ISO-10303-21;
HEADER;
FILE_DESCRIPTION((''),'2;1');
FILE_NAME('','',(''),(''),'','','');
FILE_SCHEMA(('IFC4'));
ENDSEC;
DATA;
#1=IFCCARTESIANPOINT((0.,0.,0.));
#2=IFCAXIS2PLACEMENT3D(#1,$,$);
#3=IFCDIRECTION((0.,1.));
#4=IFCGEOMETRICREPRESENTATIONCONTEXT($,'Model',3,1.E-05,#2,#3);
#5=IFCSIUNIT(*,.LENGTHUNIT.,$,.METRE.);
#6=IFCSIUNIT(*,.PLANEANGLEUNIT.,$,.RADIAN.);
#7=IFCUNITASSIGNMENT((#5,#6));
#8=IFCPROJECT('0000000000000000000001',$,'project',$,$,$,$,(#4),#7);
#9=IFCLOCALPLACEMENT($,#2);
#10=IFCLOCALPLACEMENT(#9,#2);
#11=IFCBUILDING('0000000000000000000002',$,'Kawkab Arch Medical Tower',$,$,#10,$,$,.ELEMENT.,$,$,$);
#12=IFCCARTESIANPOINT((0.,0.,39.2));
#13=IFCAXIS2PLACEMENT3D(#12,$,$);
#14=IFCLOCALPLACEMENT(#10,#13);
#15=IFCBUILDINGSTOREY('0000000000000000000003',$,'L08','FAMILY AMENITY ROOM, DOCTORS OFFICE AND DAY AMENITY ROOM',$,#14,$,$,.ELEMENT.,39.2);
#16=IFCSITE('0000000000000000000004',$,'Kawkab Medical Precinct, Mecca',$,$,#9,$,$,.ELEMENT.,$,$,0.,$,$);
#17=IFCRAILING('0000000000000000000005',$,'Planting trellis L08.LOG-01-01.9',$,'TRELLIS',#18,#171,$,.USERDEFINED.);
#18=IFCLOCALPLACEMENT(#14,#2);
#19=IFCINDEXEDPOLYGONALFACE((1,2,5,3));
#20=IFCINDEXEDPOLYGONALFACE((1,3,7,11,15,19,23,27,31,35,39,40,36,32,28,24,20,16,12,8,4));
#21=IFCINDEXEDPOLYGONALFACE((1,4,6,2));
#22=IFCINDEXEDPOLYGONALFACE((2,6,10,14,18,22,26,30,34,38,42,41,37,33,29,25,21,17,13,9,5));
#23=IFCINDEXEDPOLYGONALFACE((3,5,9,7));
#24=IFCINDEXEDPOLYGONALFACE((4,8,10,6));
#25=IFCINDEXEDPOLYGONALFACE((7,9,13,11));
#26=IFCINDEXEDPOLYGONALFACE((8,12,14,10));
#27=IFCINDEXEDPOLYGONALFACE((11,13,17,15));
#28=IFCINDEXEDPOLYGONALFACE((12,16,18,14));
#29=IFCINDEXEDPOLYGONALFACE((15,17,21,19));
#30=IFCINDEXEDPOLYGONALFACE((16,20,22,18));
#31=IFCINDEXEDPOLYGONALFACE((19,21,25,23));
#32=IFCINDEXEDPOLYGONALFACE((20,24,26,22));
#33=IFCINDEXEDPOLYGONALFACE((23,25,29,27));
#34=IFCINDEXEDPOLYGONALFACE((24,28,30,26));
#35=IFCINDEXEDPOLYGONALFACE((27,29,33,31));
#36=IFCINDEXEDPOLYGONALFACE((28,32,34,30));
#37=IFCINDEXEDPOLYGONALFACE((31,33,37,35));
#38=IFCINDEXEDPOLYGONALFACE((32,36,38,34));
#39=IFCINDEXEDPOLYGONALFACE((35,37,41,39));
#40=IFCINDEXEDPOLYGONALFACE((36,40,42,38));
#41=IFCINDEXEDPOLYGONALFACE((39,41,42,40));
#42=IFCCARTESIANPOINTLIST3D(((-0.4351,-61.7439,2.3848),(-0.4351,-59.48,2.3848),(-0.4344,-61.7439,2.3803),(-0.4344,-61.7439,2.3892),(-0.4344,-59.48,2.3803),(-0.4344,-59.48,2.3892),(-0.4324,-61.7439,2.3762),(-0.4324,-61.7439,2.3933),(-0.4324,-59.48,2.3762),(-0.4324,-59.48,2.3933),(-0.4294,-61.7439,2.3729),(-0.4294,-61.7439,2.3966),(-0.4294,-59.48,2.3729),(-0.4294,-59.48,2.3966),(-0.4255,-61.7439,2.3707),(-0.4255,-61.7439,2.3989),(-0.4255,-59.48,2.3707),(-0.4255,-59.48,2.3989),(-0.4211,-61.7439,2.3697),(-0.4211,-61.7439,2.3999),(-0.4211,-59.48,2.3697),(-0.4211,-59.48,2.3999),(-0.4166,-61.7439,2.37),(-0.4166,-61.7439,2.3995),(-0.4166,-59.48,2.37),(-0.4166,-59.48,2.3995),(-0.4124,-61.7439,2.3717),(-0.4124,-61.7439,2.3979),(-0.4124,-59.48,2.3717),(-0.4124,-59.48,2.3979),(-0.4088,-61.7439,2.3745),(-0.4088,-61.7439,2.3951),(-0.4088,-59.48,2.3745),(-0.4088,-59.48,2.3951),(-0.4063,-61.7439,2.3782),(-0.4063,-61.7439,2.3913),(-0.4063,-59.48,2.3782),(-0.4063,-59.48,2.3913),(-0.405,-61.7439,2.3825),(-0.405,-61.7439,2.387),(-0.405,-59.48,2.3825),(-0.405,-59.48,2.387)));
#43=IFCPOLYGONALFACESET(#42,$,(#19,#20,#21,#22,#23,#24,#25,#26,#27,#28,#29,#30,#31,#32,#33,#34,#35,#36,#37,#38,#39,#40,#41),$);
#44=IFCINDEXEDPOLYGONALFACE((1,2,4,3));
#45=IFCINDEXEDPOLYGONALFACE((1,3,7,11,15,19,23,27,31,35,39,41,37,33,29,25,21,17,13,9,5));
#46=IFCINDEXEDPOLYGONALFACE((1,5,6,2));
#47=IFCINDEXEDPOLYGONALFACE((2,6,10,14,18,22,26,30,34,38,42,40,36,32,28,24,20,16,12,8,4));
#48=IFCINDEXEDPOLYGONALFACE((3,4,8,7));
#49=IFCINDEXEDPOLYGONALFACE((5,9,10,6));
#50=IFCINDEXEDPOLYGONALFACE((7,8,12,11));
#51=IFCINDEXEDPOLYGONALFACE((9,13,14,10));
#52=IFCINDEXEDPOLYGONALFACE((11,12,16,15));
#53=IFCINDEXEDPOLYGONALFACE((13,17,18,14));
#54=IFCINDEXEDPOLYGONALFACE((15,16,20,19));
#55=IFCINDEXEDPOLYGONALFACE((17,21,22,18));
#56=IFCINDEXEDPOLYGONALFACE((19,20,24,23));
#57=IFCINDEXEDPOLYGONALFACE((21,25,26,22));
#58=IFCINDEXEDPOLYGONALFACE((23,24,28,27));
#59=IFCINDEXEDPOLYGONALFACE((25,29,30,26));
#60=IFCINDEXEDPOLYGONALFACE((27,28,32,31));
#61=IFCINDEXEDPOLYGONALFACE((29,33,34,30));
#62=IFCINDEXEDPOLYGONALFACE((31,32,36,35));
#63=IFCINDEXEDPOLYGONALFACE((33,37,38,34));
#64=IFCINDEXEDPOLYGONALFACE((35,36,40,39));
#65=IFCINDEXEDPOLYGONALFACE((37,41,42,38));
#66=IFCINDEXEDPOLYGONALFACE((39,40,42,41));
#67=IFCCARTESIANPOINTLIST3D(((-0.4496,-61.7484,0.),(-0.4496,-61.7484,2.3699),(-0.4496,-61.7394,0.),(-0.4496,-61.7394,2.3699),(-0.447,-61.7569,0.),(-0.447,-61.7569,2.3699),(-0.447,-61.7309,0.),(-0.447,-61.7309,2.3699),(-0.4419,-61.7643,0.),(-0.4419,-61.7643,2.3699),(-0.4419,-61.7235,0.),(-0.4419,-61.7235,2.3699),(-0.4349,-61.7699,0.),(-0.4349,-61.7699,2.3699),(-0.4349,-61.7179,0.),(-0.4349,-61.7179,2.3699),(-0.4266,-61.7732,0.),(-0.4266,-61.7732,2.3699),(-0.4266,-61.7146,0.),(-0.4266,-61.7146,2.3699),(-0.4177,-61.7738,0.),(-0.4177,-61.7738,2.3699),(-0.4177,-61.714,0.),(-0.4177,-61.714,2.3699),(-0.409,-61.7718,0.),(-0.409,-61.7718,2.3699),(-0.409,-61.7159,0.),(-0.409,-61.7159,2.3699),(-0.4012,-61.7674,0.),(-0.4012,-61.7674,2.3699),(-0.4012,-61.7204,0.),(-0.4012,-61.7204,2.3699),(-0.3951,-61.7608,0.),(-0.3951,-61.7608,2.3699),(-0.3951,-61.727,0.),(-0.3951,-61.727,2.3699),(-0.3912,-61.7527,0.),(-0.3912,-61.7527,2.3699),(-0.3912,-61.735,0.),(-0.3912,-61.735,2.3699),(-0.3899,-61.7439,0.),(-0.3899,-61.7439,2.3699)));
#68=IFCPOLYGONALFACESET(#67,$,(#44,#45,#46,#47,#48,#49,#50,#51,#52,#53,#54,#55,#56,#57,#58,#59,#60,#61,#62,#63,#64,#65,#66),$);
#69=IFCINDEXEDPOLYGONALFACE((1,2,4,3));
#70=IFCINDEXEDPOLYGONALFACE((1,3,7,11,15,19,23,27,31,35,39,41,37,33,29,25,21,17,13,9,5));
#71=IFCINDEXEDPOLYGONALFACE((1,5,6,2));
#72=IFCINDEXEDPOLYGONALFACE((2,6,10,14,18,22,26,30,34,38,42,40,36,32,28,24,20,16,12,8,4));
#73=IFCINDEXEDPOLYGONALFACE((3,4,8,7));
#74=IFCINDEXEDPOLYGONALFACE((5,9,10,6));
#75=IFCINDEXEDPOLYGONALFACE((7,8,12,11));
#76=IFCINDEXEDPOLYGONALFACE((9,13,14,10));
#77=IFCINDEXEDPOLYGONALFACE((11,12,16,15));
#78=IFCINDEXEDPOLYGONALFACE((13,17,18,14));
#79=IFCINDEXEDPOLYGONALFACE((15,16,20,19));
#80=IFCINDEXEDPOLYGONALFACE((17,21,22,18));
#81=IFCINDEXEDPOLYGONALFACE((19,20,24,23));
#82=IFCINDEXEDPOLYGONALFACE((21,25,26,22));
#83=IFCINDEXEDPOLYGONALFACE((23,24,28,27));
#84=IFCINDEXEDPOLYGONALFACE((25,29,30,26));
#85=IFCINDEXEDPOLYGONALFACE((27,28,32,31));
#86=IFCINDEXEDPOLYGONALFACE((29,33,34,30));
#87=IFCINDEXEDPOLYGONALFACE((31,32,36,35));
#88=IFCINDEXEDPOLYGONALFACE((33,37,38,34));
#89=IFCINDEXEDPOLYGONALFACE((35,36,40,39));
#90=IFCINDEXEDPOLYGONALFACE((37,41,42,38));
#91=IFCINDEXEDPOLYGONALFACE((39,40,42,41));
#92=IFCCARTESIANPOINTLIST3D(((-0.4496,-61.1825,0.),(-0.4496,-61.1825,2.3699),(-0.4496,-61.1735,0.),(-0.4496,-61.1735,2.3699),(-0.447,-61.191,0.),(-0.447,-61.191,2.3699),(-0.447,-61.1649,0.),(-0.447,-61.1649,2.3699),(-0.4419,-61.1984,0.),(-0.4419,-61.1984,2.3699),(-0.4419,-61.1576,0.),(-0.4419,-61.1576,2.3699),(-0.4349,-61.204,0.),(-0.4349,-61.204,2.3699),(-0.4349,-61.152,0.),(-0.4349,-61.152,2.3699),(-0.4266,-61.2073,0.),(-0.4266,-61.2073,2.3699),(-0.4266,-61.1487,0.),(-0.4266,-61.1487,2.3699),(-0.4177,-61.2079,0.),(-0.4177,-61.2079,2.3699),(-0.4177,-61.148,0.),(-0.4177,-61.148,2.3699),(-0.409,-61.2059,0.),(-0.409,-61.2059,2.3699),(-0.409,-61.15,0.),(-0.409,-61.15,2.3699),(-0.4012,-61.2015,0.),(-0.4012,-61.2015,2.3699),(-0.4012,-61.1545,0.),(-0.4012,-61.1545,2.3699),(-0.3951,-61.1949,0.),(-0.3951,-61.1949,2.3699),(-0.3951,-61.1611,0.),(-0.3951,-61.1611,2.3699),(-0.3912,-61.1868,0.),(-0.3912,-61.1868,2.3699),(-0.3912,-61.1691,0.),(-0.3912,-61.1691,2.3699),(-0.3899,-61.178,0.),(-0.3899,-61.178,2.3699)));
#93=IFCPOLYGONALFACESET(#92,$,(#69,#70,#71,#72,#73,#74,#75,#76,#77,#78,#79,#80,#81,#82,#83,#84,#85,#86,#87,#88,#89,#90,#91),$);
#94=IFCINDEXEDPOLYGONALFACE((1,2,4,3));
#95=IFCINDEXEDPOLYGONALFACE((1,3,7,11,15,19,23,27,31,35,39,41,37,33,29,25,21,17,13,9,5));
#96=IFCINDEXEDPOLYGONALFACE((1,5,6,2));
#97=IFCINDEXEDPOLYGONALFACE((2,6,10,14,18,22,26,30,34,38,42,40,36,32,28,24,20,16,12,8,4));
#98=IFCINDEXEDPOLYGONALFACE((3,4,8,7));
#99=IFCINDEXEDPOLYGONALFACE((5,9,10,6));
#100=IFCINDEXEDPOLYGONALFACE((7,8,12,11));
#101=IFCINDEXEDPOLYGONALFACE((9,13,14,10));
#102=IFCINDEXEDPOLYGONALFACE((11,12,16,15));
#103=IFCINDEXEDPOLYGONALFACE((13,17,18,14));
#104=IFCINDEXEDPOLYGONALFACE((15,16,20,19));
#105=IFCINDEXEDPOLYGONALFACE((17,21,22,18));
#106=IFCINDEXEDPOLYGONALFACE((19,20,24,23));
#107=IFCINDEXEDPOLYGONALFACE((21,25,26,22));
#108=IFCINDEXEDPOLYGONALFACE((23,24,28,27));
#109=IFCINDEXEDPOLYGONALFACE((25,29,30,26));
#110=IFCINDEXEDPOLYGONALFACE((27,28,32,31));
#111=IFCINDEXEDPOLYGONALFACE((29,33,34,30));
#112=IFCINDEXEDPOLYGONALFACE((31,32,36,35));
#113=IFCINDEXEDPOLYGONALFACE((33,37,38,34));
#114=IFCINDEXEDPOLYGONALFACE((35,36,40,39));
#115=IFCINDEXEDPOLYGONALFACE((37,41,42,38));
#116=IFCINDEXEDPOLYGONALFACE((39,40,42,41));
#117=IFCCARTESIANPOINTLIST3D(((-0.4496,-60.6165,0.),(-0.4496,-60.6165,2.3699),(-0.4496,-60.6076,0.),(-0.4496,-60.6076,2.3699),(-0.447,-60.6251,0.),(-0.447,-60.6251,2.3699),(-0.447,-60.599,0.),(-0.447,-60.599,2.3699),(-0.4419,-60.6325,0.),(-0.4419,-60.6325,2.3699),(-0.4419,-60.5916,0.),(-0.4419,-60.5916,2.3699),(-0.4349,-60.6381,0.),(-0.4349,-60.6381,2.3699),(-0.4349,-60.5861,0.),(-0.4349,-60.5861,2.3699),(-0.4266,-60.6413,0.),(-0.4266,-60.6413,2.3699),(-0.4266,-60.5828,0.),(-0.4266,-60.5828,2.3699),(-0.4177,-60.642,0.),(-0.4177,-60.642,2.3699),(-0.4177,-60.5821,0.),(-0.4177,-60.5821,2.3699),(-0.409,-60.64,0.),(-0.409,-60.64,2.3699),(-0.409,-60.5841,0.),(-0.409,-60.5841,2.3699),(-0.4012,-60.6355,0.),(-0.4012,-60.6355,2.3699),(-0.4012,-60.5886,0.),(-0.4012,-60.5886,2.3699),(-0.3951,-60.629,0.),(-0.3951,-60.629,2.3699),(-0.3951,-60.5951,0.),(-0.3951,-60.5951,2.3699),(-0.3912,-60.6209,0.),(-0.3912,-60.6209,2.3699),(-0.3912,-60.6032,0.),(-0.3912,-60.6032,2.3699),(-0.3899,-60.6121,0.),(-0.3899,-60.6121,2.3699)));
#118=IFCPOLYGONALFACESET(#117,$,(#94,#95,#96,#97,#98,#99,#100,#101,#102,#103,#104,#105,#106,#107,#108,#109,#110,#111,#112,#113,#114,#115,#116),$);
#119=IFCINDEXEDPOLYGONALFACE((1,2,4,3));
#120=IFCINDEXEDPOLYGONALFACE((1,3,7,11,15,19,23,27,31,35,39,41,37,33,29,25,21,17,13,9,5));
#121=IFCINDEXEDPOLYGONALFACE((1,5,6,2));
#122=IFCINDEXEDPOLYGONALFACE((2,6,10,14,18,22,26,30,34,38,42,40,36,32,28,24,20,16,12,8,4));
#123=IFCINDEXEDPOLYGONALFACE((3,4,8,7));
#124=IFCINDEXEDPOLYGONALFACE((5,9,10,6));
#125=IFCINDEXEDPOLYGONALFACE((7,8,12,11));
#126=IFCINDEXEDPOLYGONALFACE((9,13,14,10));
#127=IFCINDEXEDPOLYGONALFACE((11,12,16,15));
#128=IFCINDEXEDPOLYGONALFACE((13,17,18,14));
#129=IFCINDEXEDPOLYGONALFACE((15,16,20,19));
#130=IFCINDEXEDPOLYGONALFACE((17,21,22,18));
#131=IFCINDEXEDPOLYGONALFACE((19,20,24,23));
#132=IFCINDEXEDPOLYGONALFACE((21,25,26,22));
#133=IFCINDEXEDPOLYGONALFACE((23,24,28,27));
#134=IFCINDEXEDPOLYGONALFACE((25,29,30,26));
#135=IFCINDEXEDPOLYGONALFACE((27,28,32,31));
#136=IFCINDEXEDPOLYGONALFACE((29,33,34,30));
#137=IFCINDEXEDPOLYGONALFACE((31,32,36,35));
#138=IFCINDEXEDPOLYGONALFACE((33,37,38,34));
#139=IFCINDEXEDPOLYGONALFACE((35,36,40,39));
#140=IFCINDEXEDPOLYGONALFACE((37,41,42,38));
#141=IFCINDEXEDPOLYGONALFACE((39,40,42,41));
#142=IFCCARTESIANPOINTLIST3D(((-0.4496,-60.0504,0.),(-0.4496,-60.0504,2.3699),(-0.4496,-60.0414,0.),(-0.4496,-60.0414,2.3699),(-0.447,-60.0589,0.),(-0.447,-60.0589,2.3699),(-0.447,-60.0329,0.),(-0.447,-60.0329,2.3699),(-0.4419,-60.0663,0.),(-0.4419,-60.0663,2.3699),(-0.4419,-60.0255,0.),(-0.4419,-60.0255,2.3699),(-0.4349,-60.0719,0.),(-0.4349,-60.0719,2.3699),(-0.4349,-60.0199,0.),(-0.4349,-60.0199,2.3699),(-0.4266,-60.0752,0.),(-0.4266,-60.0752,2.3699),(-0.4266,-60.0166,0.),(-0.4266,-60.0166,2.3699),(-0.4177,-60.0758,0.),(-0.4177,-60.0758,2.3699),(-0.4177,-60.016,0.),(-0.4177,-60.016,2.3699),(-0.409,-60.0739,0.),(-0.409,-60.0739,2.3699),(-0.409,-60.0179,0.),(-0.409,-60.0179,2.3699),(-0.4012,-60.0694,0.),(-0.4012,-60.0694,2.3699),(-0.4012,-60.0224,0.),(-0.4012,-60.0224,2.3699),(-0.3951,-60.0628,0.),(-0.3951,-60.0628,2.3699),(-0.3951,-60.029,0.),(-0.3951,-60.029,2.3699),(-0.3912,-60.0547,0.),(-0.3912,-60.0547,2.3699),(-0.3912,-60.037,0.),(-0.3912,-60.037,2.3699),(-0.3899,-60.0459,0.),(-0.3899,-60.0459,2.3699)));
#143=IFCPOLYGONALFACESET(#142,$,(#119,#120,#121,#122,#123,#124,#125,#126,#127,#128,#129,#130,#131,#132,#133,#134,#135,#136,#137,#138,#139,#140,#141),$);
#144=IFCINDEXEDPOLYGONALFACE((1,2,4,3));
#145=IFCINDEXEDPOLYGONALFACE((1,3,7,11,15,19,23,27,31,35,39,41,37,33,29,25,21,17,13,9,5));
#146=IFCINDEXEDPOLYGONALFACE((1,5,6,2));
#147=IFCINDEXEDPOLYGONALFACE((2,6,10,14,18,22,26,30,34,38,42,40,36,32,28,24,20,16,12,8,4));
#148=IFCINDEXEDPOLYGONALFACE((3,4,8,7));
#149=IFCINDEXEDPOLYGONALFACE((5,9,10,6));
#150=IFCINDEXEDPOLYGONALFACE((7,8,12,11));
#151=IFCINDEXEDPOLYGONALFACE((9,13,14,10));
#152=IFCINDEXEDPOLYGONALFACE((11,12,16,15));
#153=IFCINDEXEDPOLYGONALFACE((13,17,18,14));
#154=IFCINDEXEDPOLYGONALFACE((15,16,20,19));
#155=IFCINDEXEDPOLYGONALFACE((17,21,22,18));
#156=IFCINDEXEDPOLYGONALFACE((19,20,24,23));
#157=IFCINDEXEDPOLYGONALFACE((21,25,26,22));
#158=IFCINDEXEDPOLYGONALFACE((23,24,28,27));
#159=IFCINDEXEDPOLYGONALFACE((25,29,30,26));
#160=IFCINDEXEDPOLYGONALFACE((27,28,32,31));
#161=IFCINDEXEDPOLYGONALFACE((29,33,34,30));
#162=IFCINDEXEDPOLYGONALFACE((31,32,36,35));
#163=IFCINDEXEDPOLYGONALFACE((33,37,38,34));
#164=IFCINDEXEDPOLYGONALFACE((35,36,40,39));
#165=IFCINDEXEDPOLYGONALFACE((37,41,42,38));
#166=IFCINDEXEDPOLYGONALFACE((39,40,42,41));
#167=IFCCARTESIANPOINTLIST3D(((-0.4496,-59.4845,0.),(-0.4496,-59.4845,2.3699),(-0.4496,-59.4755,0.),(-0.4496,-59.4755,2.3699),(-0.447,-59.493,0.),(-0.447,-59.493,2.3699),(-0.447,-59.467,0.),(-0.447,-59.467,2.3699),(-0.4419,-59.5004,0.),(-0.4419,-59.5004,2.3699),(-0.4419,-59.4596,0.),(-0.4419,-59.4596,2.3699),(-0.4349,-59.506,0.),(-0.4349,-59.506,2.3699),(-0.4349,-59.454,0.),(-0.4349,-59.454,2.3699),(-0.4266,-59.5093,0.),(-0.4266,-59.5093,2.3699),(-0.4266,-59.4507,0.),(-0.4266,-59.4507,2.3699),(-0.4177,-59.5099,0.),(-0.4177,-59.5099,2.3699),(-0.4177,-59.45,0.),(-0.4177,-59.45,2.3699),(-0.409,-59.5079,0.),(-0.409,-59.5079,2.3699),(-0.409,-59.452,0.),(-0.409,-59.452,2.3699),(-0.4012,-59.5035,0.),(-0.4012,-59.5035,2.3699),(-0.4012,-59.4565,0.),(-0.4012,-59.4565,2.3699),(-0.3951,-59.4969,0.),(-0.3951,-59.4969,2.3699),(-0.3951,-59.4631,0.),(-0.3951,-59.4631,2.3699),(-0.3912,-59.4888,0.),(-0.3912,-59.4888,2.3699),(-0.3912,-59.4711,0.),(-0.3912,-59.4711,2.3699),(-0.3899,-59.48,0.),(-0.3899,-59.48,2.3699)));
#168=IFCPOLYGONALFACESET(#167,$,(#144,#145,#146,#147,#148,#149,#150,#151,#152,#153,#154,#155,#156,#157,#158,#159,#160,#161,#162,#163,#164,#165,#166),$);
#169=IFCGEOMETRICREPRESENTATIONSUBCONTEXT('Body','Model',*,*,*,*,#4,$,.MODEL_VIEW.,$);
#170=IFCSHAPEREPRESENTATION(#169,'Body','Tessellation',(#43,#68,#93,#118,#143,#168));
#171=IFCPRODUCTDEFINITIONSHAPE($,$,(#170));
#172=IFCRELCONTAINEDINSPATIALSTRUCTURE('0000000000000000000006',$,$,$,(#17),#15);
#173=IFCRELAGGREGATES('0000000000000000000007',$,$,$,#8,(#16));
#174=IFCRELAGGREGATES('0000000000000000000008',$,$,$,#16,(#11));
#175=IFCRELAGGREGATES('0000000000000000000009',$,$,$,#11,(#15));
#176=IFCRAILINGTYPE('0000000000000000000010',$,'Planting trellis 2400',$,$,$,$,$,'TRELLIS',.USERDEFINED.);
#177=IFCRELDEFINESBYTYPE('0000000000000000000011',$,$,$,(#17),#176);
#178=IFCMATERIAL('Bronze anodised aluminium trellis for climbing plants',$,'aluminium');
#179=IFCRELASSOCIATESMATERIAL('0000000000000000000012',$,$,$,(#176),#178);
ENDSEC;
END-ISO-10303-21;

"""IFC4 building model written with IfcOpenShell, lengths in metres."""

from ifc_helpers import new_model, si_unit, direction, frame, origin, origin_2d, place, context, subcontext, project, spatial, circle, extrude, material, type_object, element, save


model = new_model("IFC4")

# Units and contexts
model_context = context("Model", 3, precision=1e-05, world=origin(), true_north=direction((0.0, 1.0)))
body_context = subcontext(model_context, "Body", "Model", "MODEL_VIEW")
ifc_project = project(units=[si_unit("LENGTHUNIT", "METRE"), si_unit("PLANEANGLEUNIT", "RADIAN")], contexts=[model_context])

# Site, building, storey
site_placement = place(None, origin())
site = spatial("IfcSite", under=ifc_project, at=site_placement, Name="Kawkab Medical Precinct, Mecca", CompositionType="ELEMENT", RefElevation=0.0)
building_placement = place(site_placement, origin())
building = spatial("IfcBuilding", under=site, at=building_placement, Name="Kawkab Arch Medical Tower", CompositionType="ELEMENT")
storey_placement = place(building_placement, frame((0.0, 0.0, 39.2)))
storey = spatial("IfcBuildingStorey", under=building, at=storey_placement, Name="L08", Description="FAMILY AMENITY ROOM, DOCTORS OFFICE AND DAY AMENITY ROOM", CompositionType="ELEMENT", Elevation=39.2)

# Railing
ifc_material_1 = material(Name="Bronze anodised aluminium trellis for climbing plants", Category="aluminium")
railing_type = type_object("IfcRailingType", Name="Planting trellis 2400", ElementType="TRELLIS", PredefinedType="USERDEFINED", material=ifc_material_1)
railing_1_placement = place(storey_placement, frame((-0.4199, -61.7439, 0.0)))
element("IfcRailing", 1, at=railing_1_placement, inside=storey, type_object=railing_type, Name="Planting trellis L08.LOG-01-01.9", ObjectType="TRELLIS", PredefinedType="USERDEFINED", context=body_context, shape_type="SweptSolid", body=[
    extrude(circle(Radius=0.0151, at=origin_2d()), frame((0.0, 0.0, 2.3848), z_axis=(0.0, 1.0, 0.0), x_axis=(-1.0, 0.0, 0.0)), (0.0, 0.0, 1.0), 2.2639),
    extrude(circle(Radius=0.03, at=origin_2d()), origin(), (0.0, 0.0, 1.0), 2.3699),
    extrude(circle(Radius=0.03, at=origin_2d()), frame((0.0, 0.5659, 0.0)), (0.0, 0.0, 1.0), 2.3699),
    extrude(circle(Radius=0.03, at=origin_2d()), frame((0.0, 1.1318, 0.0)), (0.0, 0.0, 1.0), 2.3699),
    extrude(circle(Radius=0.03, at=origin_2d()), frame((0.0, 1.698, 0.0)), (0.0, 0.0, 1.0), 2.3699),
    extrude(circle(Radius=0.03, at=origin_2d()), frame((0.0, 2.2639, 0.0)), (0.0, 0.0, 1.0), 2.3699),
])

save(model, "model.ifc")
